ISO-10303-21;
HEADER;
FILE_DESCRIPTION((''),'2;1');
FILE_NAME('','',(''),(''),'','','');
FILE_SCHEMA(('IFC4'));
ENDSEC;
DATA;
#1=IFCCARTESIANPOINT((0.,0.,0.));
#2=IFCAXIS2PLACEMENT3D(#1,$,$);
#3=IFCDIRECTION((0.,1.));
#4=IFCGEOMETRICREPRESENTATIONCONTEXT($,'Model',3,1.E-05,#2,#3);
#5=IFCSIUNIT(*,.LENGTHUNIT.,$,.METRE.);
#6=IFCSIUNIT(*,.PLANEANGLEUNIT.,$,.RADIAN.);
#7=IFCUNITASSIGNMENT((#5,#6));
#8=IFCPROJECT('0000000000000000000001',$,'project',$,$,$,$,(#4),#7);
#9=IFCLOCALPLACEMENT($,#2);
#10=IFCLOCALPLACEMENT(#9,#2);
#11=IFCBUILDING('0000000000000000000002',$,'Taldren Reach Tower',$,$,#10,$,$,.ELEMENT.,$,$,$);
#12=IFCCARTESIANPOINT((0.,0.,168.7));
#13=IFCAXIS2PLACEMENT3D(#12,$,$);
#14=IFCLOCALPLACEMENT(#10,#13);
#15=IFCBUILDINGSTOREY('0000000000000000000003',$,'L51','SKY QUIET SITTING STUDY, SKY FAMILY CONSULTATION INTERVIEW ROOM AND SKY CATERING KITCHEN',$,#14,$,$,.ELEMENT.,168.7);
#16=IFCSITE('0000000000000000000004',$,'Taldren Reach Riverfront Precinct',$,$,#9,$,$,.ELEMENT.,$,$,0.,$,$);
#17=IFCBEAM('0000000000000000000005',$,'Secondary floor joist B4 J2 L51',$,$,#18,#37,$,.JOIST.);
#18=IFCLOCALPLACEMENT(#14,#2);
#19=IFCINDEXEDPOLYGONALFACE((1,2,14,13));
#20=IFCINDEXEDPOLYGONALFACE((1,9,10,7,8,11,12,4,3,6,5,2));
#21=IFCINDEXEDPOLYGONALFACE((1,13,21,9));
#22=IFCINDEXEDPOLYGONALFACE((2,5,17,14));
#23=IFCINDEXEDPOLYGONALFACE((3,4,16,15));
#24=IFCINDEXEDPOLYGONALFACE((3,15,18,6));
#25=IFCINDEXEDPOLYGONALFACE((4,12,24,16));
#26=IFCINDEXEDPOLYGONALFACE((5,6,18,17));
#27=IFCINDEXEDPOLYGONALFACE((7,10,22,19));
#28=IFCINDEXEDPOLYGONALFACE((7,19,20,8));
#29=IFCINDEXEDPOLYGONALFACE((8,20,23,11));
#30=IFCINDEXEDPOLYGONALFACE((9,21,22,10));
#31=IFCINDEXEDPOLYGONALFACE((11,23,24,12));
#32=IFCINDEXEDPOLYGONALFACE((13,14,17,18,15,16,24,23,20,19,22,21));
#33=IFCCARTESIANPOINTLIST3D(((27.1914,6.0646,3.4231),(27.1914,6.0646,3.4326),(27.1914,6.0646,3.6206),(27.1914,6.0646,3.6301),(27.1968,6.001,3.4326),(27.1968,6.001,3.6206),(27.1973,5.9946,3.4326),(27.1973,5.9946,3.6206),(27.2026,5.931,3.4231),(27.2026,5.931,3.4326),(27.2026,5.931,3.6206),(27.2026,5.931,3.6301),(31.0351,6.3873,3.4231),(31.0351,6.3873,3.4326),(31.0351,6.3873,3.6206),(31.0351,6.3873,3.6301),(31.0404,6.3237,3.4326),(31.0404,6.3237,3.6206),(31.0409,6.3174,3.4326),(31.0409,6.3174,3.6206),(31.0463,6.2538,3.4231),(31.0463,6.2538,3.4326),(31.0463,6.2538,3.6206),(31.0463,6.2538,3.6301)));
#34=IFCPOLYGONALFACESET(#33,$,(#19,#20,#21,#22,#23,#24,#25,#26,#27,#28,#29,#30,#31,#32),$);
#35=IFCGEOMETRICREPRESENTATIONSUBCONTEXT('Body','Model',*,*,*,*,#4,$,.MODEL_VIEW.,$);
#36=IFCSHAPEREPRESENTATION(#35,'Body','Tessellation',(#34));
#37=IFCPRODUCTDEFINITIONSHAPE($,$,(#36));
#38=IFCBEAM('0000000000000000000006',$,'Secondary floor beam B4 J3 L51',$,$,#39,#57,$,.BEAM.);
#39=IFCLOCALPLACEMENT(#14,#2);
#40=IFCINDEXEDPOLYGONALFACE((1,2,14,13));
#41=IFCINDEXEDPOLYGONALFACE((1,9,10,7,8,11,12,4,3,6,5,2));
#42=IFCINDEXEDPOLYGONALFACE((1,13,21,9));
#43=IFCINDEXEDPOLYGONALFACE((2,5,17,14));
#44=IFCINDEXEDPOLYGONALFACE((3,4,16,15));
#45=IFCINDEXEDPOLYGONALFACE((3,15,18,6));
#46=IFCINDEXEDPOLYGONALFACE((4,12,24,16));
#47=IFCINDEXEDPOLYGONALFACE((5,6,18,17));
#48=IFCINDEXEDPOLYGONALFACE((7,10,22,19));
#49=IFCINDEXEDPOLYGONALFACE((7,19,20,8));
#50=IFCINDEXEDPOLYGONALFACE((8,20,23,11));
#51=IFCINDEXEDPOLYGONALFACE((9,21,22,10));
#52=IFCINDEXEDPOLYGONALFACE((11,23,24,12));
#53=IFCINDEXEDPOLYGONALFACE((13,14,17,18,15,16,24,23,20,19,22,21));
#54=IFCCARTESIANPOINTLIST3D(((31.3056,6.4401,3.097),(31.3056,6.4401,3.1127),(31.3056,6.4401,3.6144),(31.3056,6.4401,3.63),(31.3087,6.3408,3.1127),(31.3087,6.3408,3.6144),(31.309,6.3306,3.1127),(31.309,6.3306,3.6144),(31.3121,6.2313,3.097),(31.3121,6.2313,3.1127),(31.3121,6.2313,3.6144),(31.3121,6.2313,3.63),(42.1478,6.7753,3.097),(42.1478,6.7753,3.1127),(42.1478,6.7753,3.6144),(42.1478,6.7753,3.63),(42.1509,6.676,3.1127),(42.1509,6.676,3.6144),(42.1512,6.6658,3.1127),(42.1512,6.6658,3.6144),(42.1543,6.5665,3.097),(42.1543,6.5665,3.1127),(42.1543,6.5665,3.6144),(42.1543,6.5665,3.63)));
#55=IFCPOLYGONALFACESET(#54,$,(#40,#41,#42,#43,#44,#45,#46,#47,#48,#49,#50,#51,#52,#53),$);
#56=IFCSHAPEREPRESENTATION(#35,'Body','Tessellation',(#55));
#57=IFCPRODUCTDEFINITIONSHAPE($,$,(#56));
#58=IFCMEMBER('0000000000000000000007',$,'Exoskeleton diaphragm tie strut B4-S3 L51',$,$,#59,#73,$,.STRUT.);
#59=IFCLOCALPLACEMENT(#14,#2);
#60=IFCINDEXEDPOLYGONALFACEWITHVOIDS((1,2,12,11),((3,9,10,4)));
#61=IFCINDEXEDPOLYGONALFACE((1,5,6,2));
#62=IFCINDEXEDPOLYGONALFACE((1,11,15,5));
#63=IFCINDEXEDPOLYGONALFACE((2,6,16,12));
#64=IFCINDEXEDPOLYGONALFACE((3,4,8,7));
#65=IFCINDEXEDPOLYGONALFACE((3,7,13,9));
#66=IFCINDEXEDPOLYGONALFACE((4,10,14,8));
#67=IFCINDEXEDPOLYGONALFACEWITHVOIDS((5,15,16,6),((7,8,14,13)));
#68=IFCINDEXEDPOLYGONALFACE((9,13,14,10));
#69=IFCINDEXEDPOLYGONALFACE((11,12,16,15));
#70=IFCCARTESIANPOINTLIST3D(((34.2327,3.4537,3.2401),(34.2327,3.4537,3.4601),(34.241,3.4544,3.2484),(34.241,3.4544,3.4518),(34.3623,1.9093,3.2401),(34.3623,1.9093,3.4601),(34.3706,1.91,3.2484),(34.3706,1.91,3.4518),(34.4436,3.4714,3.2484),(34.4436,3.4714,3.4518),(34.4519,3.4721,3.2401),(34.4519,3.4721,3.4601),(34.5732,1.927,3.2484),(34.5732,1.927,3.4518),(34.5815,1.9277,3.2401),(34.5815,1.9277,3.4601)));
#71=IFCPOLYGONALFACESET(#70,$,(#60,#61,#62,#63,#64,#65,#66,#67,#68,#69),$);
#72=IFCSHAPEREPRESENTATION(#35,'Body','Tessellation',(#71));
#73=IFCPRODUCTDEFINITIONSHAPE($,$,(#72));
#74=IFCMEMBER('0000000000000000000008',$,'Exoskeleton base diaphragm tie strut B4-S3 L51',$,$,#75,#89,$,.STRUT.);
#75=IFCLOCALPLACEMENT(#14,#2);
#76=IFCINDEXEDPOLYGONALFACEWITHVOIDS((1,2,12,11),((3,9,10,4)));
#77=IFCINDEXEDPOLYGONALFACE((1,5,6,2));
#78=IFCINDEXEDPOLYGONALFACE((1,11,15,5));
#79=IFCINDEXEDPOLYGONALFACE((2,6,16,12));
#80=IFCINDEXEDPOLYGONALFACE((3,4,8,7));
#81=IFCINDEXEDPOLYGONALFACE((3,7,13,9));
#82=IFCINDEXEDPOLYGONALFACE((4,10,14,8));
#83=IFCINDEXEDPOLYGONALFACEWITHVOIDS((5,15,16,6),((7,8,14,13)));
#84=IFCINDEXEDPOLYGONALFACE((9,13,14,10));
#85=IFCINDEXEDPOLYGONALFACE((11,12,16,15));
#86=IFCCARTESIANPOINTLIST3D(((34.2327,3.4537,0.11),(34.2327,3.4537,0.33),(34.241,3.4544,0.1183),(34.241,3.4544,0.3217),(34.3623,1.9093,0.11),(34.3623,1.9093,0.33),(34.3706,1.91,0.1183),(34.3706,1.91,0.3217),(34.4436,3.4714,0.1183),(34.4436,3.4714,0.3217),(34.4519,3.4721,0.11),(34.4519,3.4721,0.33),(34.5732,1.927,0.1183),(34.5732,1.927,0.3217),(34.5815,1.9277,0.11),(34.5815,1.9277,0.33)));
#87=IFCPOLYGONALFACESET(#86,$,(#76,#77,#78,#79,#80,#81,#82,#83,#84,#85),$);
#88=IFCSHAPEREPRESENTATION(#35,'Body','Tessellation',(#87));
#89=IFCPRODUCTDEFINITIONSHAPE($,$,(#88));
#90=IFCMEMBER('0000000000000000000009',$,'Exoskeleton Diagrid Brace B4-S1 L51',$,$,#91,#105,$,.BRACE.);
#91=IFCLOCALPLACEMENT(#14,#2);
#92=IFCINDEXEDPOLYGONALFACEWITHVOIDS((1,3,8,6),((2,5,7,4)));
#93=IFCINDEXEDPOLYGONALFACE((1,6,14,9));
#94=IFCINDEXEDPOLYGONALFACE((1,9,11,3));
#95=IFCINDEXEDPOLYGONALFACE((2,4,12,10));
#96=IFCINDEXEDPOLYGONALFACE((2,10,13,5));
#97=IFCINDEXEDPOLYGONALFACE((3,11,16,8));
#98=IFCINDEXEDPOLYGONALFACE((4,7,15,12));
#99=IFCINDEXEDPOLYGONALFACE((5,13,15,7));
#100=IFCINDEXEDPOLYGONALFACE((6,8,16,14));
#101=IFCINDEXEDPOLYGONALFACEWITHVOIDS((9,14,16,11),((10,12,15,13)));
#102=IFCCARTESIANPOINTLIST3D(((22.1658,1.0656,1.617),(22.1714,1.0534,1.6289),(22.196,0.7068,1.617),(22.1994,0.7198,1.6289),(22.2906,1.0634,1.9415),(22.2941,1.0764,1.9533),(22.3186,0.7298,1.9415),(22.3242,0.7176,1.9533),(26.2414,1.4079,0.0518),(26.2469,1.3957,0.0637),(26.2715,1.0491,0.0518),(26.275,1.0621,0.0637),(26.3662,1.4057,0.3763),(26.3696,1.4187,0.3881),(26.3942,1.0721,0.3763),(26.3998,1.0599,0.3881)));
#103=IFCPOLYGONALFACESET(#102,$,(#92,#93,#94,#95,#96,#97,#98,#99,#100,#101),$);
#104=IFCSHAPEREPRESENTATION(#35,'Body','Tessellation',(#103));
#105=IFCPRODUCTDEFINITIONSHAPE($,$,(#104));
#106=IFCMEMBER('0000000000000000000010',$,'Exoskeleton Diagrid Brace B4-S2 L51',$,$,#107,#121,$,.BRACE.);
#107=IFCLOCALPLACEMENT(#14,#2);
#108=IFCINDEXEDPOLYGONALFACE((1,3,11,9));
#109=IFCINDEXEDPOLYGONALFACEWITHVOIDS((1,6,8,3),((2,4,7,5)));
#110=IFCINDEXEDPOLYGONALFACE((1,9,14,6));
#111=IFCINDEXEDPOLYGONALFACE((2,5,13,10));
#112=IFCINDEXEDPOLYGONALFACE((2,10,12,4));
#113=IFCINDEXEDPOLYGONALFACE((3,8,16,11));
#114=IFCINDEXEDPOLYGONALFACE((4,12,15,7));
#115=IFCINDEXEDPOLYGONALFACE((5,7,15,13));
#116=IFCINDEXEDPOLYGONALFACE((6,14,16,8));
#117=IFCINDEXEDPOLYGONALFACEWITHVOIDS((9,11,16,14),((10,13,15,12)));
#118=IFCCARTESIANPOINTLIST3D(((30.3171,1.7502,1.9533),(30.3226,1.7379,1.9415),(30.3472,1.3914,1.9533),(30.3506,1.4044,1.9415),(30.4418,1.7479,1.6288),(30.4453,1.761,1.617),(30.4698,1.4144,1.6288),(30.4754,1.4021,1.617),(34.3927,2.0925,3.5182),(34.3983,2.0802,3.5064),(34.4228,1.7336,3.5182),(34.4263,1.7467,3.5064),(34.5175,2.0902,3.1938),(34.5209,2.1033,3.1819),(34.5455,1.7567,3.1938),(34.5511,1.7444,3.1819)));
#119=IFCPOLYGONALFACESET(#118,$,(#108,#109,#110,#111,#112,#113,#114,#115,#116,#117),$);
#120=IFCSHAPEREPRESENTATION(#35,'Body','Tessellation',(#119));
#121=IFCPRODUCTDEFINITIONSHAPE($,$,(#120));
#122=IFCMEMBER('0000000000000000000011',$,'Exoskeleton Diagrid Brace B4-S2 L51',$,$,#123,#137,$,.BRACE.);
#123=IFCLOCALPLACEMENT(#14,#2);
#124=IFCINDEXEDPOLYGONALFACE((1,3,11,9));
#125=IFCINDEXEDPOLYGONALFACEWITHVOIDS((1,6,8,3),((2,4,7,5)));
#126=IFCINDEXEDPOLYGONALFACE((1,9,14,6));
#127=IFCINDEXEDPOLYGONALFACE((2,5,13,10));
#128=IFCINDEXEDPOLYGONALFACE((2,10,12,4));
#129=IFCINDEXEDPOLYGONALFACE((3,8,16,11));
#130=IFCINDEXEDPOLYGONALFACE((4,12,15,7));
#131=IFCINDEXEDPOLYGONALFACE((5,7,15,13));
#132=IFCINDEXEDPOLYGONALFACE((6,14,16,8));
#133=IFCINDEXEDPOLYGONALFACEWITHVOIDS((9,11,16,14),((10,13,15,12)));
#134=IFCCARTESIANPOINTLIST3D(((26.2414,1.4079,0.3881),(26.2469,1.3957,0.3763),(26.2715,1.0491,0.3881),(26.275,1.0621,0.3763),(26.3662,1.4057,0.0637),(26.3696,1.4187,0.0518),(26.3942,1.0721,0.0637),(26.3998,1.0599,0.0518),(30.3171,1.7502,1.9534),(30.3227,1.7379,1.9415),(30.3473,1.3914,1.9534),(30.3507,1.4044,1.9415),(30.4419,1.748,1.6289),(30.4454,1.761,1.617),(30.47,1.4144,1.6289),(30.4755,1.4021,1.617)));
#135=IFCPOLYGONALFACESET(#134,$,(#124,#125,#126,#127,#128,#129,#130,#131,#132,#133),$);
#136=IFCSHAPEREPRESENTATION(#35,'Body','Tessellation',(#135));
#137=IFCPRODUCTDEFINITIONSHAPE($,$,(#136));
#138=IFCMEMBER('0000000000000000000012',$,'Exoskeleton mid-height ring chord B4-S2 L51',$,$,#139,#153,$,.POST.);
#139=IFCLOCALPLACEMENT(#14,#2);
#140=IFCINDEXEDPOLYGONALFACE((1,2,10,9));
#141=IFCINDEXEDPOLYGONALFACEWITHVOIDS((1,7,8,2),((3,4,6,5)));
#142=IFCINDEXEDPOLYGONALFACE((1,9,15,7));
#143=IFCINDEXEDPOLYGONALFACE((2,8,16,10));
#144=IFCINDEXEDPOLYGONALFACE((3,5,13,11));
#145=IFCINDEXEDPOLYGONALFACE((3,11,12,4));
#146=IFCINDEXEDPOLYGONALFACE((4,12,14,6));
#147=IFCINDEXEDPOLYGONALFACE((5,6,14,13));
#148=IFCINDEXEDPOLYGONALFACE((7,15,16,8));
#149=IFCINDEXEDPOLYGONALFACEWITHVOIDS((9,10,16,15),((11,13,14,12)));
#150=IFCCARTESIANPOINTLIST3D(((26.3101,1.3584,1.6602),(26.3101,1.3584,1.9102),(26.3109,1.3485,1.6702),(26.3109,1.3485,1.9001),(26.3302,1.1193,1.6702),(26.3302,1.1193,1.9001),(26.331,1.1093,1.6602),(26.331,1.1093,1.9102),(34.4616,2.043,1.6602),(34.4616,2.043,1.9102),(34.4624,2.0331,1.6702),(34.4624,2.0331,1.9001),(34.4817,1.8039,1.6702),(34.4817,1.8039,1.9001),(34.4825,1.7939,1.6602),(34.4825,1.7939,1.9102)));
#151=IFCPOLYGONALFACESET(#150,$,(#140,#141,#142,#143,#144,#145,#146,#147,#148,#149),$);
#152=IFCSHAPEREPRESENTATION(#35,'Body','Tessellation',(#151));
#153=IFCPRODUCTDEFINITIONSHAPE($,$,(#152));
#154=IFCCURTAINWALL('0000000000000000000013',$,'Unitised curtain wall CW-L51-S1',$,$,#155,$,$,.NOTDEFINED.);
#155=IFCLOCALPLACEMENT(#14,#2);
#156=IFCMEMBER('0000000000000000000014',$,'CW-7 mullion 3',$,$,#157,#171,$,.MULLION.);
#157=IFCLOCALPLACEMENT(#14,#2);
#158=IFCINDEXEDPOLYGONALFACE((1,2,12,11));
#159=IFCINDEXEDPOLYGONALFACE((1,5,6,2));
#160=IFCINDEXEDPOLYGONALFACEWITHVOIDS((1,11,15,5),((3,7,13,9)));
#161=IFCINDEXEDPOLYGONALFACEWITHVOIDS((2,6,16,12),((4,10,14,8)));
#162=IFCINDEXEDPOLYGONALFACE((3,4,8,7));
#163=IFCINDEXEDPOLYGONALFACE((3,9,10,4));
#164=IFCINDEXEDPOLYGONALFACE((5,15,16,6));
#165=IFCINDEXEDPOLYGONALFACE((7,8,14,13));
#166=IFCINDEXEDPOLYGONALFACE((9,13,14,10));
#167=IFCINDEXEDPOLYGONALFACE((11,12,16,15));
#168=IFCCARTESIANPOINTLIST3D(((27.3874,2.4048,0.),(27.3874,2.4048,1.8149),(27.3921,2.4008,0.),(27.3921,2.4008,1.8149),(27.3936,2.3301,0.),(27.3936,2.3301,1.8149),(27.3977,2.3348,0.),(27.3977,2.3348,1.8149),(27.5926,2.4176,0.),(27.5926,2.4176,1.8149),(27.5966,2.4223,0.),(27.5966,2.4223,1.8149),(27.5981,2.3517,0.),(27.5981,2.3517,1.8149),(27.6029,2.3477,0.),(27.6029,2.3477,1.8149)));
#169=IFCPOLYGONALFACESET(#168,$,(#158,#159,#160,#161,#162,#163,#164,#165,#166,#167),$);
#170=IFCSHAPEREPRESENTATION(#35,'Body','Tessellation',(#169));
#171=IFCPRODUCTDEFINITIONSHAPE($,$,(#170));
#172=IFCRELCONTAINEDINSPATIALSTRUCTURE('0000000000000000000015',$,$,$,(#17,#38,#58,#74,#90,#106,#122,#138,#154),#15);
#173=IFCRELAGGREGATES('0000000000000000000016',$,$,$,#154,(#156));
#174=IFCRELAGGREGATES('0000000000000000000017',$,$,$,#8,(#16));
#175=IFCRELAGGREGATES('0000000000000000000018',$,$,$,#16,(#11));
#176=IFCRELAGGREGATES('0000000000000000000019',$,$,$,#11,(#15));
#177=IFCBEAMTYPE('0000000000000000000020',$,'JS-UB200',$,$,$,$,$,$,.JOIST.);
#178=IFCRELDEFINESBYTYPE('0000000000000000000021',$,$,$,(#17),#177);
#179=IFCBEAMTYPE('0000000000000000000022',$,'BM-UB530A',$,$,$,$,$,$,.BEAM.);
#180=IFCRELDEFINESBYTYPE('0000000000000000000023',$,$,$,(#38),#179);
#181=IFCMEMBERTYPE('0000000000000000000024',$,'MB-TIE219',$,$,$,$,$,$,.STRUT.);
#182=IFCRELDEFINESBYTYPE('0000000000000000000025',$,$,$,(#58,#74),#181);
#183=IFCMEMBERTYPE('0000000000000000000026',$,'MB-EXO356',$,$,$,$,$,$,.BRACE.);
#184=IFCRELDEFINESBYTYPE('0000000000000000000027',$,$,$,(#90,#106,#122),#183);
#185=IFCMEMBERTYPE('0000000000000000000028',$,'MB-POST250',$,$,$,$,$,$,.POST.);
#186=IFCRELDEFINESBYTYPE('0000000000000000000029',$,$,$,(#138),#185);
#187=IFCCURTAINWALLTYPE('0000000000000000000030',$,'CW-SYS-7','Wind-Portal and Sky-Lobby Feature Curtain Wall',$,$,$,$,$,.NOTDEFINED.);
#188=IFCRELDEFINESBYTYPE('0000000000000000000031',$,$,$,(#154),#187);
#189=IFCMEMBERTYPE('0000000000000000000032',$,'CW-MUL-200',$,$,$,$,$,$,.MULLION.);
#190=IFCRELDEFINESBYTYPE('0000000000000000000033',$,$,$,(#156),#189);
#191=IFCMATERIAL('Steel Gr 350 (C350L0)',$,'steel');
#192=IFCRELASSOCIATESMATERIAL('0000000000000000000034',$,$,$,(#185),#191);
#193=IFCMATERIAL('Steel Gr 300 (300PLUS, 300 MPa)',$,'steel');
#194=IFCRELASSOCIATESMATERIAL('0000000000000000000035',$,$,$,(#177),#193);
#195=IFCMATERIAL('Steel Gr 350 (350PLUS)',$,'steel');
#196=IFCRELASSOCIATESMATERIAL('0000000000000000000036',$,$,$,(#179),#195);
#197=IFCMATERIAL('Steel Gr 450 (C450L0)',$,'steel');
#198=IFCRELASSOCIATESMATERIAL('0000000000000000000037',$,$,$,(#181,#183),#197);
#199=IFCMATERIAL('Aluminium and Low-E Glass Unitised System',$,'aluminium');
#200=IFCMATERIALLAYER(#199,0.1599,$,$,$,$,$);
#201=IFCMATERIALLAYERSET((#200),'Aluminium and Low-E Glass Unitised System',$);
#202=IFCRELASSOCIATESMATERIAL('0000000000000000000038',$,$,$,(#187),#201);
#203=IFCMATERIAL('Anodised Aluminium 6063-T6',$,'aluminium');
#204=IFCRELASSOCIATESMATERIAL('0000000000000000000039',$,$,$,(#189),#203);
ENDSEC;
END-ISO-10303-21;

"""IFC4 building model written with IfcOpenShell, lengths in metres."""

from ifc_helpers import new_model, si_unit, direction, frame, origin, origin_2d, place, context, subcontext, project, spatial, hollow_rectangle, i_section, extrude, source, transform, mapped, material, layer, layer_set, material_profile, profile_set, type_object, element, aggregate, save


model = new_model("IFC4")

# Units and contexts
model_context = context("Model", 3, precision=1e-05, world=origin(), true_north=direction((0.0, 1.0)))
body_context = subcontext(model_context, "Body", "Model", "MODEL_VIEW")
ifc_project = project(units=[si_unit("LENGTHUNIT", "METRE"), si_unit("PLANEANGLEUNIT", "RADIAN")], contexts=[model_context])

# Site, building, storey
site_placement = place(None, origin())
site = spatial("IfcSite", under=ifc_project, at=site_placement, Name="Taldren Reach Riverfront Precinct", CompositionType="ELEMENT", RefElevation=0.0)
building_placement = place(site_placement, origin())
building = spatial("IfcBuilding", under=site, at=building_placement, Name="Taldren Reach Tower", CompositionType="ELEMENT")
storey_placement = place(building_placement, frame((0.0, 0.0, 168.7)))
storey = spatial("IfcBuildingStorey", under=building, at=storey_placement, Name="L51", Description="SKY QUIET SITTING STUDY, SKY FAMILY CONSULTATION INTERVIEW ROOM AND SKY CATERING KITCHEN", CompositionType="ELEMENT", Elevation=168.7)

# Shared definitions
ifc_material_1 = material(Name="Steel Gr 350 (350PLUS)", Category="steel")

# Shared definitions
ifc_material_2 = material(Name="Steel Gr 350 (C350L0)", Category="steel")
ifc_material_profile_1 = material_profile(ifc_material_2, hollow_rectangle(XDim=0.25, YDim=0.25, WallThickness=0.01, at=origin_2d()), Name="250x250x10.0SHS")
ifc_profile_set_1 = profile_set([ifc_material_profile_1], Name="Steel Gr 350 (C350L0)")
member_type_1 = type_object("IfcMemberType", Name="MB-POST250", PredefinedType="POST", material=ifc_profile_set_1)

# Beams
ifc_material_3 = material(Name="Steel Gr 300 (300PLUS, 300 MPa)", Category="steel")
ifc_material_profile_2 = material_profile(ifc_material_3, i_section(OverallWidth=0.134, OverallDepth=0.207, WebThickness=0.0063, FlangeThickness=0.0095, at=origin_2d()), Name="200UB29.8")
ifc_profile_set_2 = profile_set([ifc_material_profile_2], Name="Steel Gr 300 (300PLUS, 300 MPa)")
beam_type_1 = type_object("IfcBeamType", Name="JS-UB200", PredefinedType="JOIST", material=ifc_profile_set_2)
shared_shape_1 = source(origin(), body_context, "Body", "SweptSolid", [
    extrude(i_section(OverallWidth=0.134, OverallDepth=0.207, WebThickness=0.0063, FlangeThickness=0.0095, at=origin_2d()), origin(), (0.0, 0.0, 1.0), 3.8572),
])
beam_1_placement = place(storey_placement, frame((27.197, 5.9978, 3.5266), z_axis=(0.996493, 0.083674, 0.0), x_axis=(-0.083674, 0.996493, 0.0)))
element("IfcBeam", 1, at=beam_1_placement, inside=storey, type_object=beam_type_1, Name="Secondary floor joist B4 J2 L51", PredefinedType="JOIST", context=body_context, shape_type="MappedRepresentation", body=[
    mapped(shared_shape_1, transform((0.0, 0.0, 0.0), scale=1.0)),
])
ifc_material_profile_3 = material_profile(ifc_material_1, i_section(OverallWidth=0.209, OverallDepth=0.533, WebThickness=0.0103, FlangeThickness=0.0156, at=origin_2d()), Name="530UB92.4")
ifc_profile_set_3 = profile_set([ifc_material_profile_3], Name="Steel Gr 350 (350PLUS)")
beam_type_2 = type_object("IfcBeamType", Name="BM-UB530A", PredefinedType="BEAM", material=ifc_profile_set_3)
shared_shape_2 = source(origin(), body_context, "Body", "SweptSolid", [
    extrude(i_section(OverallWidth=0.209, OverallDepth=0.533, WebThickness=0.0103, FlangeThickness=0.0156, at=origin_2d()), origin(), (0.0, 0.0, 1.0), 10.8474),
])
beam_2_placement = place(storey_placement, frame((31.3088, 6.3357, 3.3635), z_axis=(0.999522, 0.030902, 0.0), x_axis=(-0.030902, 0.999522, 0.0)))
element("IfcBeam", 2, at=beam_2_placement, inside=storey, type_object=beam_type_2, Name="Secondary floor beam B4 J3 L51", PredefinedType="BEAM", context=body_context, shape_type="MappedRepresentation", body=[
    mapped(shared_shape_2, transform((0.0, 0.0, 0.0), scale=1.0)),
])

# Members
ifc_material_4 = material(Name="Steel Gr 450 (C450L0)", Category="steel")
ifc_material_profile_4 = material_profile(ifc_material_4, hollow_rectangle(XDim=0.22, YDim=0.22, WallThickness=0.0083, at=origin_2d()), Name="220x220x8.2SHS")
ifc_profile_set_4 = profile_set([ifc_material_profile_4], Name="Steel Gr 450 (C450L0)")
member_type_2 = type_object("IfcMemberType", Name="MB-TIE219", PredefinedType="STRUT", material=ifc_profile_set_4)
shared_shape_3 = source(origin(), body_context, "Body", "SweptSolid", [
    extrude(hollow_rectangle(XDim=0.22, YDim=0.22, WallThickness=0.0083, at=origin_2d()), origin(), (0.0, 0.0, 1.0), 1.5498),
])
for number, where, z_axis, x_axis, name in (
    (3, (34.3423, 3.4629, 3.3501), (0.083645, -0.996496, 0.0), (0.996496, 0.083645, 0.0), "Exoskeleton diaphragm tie strut B4-S3 L51"),
    (4, (34.3423, 3.4629, 0.22), (0.083645, -0.996496, 0.0), (0.996496, 0.083645, 0.0), "Exoskeleton base diaphragm tie strut B4-S3 L51"),
):
    element("IfcMember", number, at=place(storey_placement, frame(where, z_axis=z_axis, x_axis=x_axis)), inside=storey, type_object=member_type_2, Name=name, PredefinedType="STRUT", context=body_context, shape_type="MappedRepresentation", body=[
        mapped(shared_shape_3, transform((0.0, 0.0, 0.0), scale=1.0)),
    ])
ifc_material_profile_5 = material_profile(ifc_material_4, hollow_rectangle(XDim=0.3601, YDim=0.3601, WallThickness=0.0127, at=origin_2d()), Name="360x360x12.7SHS")
ifc_profile_set_5 = profile_set([ifc_material_profile_5], Name="Steel Gr 450 (C450L0)")
member_type_3 = type_object("IfcMemberType", Name="MB-EXO356", PredefinedType="BRACE", material=ifc_profile_set_5)
shared_shape_4 = source(origin(), body_context, "Body", "SweptSolid", [
    extrude(hollow_rectangle(XDim=0.3601, YDim=0.3601, WallThickness=0.0127, at=origin_2d()), origin(), (0.0, 0.0, 1.0), 4.3792),
])
for number, where, z_axis, x_axis, name in (
    (5, (26.3206, 1.2339, 0.22), (-0.930665, -0.078164, 0.357425), (0.083693, -0.996492, 0.0), "Exoskeleton Diagrid Brace B4-S1 L51"),
    (6, (30.3962, 1.5762, 1.7852), (0.930691, 0.078162, 0.357358), (-0.083688, 0.996492, 0.0), "Exoskeleton Diagrid Brace B4-S2 L51"),
):
    element("IfcMember", number, at=place(storey_placement, frame(where, z_axis=z_axis, x_axis=x_axis)), inside=storey, type_object=member_type_3, Name=name, PredefinedType="BRACE", context=body_context, shape_type="MappedRepresentation", body=[
        mapped(shared_shape_4, transform((0.0, 0.0, 0.0), scale=1.0)),
    ])
shared_shape_5 = source(origin(), body_context, "Body", "SweptSolid", [
    extrude(hollow_rectangle(XDim=0.3601, YDim=0.3601, WallThickness=0.0127, at=origin_2d()), origin(), (0.0, 0.0, 1.0), 4.3794),
])
member_1_placement = place(storey_placement, frame((26.3206, 1.2339, 0.22), z_axis=(0.930673, 0.07816, 0.357406), x_axis=(-0.083688, 0.996492, 0.0)))
element("IfcMember", 7, at=member_1_placement, inside=storey, type_object=member_type_3, Name="Exoskeleton Diagrid Brace B4-S2 L51", PredefinedType="BRACE", context=body_context, shape_type="MappedRepresentation", body=[
    mapped(shared_shape_5, transform((0.0, 0.0, 0.0), scale=1.0)),
])
shared_shape_6 = source(origin(), body_context, "Body", "SweptSolid", [
    extrude(hollow_rectangle(XDim=0.25, YDim=0.25, WallThickness=0.01, at=origin_2d()), origin(), (0.0, 0.0, 1.0), 8.1802),
])
member_2_placement = place(storey_placement, frame((26.3206, 1.2339, 1.7852), z_axis=(0.996492, 0.083688, 0.0), x_axis=(-0.083688, 0.996492, 0.0)))
element("IfcMember", 8, at=member_2_placement, inside=storey, type_object=member_type_1, Name="Exoskeleton mid-height ring chord B4-S2 L51", PredefinedType="POST", context=body_context, shape_type="MappedRepresentation", body=[
    mapped(shared_shape_6, transform((0.0, 0.0, 0.0), scale=1.0)),
])

# Curtain wall, member
ifc_material_5 = material(Name="Aluminium and Low-E Glass Unitised System", Category="aluminium")
ifc_layer_1 = layer(ifc_material_5, 0.1599)
ifc_layer_set_1 = layer_set([ifc_layer_1], Name="Aluminium and Low-E Glass Unitised System")
curtain_wall_type = type_object("IfcCurtainWallType", Name="CW-SYS-7", Description="Wind-Portal and Sky-Lobby Feature Curtain Wall", PredefinedType="NOTDEFINED", material=ifc_layer_set_1)
curtain_wall_1_placement = place(storey_placement, origin())
curtain_wall_1 = element("IfcCurtainWall", 9, at=curtain_wall_1_placement, inside=storey, type_object=curtain_wall_type, Name="Unitised curtain wall CW-L51-S1", PredefinedType="NOTDEFINED")
ifc_material_6 = material(Name="Anodised Aluminium 6063-T6", Category="aluminium")
ifc_material_profile_6 = material_profile(ifc_material_6, hollow_rectangle(XDim=0.075, YDim=0.21, WallThickness=0.0044, at=origin_2d()), Name="ALU-210x75x4.5RHS")
ifc_profile_set_6 = profile_set([ifc_material_profile_6], Name="Anodised Aluminium 6063-T6")
member_type_4 = type_object("IfcMemberType", Name="CW-MUL-200", PredefinedType="MULLION", material=ifc_profile_set_6)
shared_shape_7 = source(origin(), body_context, "Body", "SweptSolid", [
    extrude(hollow_rectangle(XDim=0.075, YDim=0.21, WallThickness=0.0044, at=origin_2d()), origin(), (0.0, 0.0, 1.0), 1.8149),
])
member_3_placement = place(storey_placement, frame((27.4951, 2.3762, 0.0), z_axis=(0.0, 0.0, 1.0), x_axis=(-0.083678, 0.996493, 0.0)))
member_3 = element("IfcMember", 10, at=member_3_placement, type_object=member_type_4, Name="CW-7 mullion 3", PredefinedType="MULLION", context=body_context, shape_type="MappedRepresentation", body=[
    mapped(shared_shape_7, transform((0.0, 0.0, 0.0), scale=1.0)),
])

aggregate(curtain_wall_1, [member_3])

save(model, "model.ifc")
